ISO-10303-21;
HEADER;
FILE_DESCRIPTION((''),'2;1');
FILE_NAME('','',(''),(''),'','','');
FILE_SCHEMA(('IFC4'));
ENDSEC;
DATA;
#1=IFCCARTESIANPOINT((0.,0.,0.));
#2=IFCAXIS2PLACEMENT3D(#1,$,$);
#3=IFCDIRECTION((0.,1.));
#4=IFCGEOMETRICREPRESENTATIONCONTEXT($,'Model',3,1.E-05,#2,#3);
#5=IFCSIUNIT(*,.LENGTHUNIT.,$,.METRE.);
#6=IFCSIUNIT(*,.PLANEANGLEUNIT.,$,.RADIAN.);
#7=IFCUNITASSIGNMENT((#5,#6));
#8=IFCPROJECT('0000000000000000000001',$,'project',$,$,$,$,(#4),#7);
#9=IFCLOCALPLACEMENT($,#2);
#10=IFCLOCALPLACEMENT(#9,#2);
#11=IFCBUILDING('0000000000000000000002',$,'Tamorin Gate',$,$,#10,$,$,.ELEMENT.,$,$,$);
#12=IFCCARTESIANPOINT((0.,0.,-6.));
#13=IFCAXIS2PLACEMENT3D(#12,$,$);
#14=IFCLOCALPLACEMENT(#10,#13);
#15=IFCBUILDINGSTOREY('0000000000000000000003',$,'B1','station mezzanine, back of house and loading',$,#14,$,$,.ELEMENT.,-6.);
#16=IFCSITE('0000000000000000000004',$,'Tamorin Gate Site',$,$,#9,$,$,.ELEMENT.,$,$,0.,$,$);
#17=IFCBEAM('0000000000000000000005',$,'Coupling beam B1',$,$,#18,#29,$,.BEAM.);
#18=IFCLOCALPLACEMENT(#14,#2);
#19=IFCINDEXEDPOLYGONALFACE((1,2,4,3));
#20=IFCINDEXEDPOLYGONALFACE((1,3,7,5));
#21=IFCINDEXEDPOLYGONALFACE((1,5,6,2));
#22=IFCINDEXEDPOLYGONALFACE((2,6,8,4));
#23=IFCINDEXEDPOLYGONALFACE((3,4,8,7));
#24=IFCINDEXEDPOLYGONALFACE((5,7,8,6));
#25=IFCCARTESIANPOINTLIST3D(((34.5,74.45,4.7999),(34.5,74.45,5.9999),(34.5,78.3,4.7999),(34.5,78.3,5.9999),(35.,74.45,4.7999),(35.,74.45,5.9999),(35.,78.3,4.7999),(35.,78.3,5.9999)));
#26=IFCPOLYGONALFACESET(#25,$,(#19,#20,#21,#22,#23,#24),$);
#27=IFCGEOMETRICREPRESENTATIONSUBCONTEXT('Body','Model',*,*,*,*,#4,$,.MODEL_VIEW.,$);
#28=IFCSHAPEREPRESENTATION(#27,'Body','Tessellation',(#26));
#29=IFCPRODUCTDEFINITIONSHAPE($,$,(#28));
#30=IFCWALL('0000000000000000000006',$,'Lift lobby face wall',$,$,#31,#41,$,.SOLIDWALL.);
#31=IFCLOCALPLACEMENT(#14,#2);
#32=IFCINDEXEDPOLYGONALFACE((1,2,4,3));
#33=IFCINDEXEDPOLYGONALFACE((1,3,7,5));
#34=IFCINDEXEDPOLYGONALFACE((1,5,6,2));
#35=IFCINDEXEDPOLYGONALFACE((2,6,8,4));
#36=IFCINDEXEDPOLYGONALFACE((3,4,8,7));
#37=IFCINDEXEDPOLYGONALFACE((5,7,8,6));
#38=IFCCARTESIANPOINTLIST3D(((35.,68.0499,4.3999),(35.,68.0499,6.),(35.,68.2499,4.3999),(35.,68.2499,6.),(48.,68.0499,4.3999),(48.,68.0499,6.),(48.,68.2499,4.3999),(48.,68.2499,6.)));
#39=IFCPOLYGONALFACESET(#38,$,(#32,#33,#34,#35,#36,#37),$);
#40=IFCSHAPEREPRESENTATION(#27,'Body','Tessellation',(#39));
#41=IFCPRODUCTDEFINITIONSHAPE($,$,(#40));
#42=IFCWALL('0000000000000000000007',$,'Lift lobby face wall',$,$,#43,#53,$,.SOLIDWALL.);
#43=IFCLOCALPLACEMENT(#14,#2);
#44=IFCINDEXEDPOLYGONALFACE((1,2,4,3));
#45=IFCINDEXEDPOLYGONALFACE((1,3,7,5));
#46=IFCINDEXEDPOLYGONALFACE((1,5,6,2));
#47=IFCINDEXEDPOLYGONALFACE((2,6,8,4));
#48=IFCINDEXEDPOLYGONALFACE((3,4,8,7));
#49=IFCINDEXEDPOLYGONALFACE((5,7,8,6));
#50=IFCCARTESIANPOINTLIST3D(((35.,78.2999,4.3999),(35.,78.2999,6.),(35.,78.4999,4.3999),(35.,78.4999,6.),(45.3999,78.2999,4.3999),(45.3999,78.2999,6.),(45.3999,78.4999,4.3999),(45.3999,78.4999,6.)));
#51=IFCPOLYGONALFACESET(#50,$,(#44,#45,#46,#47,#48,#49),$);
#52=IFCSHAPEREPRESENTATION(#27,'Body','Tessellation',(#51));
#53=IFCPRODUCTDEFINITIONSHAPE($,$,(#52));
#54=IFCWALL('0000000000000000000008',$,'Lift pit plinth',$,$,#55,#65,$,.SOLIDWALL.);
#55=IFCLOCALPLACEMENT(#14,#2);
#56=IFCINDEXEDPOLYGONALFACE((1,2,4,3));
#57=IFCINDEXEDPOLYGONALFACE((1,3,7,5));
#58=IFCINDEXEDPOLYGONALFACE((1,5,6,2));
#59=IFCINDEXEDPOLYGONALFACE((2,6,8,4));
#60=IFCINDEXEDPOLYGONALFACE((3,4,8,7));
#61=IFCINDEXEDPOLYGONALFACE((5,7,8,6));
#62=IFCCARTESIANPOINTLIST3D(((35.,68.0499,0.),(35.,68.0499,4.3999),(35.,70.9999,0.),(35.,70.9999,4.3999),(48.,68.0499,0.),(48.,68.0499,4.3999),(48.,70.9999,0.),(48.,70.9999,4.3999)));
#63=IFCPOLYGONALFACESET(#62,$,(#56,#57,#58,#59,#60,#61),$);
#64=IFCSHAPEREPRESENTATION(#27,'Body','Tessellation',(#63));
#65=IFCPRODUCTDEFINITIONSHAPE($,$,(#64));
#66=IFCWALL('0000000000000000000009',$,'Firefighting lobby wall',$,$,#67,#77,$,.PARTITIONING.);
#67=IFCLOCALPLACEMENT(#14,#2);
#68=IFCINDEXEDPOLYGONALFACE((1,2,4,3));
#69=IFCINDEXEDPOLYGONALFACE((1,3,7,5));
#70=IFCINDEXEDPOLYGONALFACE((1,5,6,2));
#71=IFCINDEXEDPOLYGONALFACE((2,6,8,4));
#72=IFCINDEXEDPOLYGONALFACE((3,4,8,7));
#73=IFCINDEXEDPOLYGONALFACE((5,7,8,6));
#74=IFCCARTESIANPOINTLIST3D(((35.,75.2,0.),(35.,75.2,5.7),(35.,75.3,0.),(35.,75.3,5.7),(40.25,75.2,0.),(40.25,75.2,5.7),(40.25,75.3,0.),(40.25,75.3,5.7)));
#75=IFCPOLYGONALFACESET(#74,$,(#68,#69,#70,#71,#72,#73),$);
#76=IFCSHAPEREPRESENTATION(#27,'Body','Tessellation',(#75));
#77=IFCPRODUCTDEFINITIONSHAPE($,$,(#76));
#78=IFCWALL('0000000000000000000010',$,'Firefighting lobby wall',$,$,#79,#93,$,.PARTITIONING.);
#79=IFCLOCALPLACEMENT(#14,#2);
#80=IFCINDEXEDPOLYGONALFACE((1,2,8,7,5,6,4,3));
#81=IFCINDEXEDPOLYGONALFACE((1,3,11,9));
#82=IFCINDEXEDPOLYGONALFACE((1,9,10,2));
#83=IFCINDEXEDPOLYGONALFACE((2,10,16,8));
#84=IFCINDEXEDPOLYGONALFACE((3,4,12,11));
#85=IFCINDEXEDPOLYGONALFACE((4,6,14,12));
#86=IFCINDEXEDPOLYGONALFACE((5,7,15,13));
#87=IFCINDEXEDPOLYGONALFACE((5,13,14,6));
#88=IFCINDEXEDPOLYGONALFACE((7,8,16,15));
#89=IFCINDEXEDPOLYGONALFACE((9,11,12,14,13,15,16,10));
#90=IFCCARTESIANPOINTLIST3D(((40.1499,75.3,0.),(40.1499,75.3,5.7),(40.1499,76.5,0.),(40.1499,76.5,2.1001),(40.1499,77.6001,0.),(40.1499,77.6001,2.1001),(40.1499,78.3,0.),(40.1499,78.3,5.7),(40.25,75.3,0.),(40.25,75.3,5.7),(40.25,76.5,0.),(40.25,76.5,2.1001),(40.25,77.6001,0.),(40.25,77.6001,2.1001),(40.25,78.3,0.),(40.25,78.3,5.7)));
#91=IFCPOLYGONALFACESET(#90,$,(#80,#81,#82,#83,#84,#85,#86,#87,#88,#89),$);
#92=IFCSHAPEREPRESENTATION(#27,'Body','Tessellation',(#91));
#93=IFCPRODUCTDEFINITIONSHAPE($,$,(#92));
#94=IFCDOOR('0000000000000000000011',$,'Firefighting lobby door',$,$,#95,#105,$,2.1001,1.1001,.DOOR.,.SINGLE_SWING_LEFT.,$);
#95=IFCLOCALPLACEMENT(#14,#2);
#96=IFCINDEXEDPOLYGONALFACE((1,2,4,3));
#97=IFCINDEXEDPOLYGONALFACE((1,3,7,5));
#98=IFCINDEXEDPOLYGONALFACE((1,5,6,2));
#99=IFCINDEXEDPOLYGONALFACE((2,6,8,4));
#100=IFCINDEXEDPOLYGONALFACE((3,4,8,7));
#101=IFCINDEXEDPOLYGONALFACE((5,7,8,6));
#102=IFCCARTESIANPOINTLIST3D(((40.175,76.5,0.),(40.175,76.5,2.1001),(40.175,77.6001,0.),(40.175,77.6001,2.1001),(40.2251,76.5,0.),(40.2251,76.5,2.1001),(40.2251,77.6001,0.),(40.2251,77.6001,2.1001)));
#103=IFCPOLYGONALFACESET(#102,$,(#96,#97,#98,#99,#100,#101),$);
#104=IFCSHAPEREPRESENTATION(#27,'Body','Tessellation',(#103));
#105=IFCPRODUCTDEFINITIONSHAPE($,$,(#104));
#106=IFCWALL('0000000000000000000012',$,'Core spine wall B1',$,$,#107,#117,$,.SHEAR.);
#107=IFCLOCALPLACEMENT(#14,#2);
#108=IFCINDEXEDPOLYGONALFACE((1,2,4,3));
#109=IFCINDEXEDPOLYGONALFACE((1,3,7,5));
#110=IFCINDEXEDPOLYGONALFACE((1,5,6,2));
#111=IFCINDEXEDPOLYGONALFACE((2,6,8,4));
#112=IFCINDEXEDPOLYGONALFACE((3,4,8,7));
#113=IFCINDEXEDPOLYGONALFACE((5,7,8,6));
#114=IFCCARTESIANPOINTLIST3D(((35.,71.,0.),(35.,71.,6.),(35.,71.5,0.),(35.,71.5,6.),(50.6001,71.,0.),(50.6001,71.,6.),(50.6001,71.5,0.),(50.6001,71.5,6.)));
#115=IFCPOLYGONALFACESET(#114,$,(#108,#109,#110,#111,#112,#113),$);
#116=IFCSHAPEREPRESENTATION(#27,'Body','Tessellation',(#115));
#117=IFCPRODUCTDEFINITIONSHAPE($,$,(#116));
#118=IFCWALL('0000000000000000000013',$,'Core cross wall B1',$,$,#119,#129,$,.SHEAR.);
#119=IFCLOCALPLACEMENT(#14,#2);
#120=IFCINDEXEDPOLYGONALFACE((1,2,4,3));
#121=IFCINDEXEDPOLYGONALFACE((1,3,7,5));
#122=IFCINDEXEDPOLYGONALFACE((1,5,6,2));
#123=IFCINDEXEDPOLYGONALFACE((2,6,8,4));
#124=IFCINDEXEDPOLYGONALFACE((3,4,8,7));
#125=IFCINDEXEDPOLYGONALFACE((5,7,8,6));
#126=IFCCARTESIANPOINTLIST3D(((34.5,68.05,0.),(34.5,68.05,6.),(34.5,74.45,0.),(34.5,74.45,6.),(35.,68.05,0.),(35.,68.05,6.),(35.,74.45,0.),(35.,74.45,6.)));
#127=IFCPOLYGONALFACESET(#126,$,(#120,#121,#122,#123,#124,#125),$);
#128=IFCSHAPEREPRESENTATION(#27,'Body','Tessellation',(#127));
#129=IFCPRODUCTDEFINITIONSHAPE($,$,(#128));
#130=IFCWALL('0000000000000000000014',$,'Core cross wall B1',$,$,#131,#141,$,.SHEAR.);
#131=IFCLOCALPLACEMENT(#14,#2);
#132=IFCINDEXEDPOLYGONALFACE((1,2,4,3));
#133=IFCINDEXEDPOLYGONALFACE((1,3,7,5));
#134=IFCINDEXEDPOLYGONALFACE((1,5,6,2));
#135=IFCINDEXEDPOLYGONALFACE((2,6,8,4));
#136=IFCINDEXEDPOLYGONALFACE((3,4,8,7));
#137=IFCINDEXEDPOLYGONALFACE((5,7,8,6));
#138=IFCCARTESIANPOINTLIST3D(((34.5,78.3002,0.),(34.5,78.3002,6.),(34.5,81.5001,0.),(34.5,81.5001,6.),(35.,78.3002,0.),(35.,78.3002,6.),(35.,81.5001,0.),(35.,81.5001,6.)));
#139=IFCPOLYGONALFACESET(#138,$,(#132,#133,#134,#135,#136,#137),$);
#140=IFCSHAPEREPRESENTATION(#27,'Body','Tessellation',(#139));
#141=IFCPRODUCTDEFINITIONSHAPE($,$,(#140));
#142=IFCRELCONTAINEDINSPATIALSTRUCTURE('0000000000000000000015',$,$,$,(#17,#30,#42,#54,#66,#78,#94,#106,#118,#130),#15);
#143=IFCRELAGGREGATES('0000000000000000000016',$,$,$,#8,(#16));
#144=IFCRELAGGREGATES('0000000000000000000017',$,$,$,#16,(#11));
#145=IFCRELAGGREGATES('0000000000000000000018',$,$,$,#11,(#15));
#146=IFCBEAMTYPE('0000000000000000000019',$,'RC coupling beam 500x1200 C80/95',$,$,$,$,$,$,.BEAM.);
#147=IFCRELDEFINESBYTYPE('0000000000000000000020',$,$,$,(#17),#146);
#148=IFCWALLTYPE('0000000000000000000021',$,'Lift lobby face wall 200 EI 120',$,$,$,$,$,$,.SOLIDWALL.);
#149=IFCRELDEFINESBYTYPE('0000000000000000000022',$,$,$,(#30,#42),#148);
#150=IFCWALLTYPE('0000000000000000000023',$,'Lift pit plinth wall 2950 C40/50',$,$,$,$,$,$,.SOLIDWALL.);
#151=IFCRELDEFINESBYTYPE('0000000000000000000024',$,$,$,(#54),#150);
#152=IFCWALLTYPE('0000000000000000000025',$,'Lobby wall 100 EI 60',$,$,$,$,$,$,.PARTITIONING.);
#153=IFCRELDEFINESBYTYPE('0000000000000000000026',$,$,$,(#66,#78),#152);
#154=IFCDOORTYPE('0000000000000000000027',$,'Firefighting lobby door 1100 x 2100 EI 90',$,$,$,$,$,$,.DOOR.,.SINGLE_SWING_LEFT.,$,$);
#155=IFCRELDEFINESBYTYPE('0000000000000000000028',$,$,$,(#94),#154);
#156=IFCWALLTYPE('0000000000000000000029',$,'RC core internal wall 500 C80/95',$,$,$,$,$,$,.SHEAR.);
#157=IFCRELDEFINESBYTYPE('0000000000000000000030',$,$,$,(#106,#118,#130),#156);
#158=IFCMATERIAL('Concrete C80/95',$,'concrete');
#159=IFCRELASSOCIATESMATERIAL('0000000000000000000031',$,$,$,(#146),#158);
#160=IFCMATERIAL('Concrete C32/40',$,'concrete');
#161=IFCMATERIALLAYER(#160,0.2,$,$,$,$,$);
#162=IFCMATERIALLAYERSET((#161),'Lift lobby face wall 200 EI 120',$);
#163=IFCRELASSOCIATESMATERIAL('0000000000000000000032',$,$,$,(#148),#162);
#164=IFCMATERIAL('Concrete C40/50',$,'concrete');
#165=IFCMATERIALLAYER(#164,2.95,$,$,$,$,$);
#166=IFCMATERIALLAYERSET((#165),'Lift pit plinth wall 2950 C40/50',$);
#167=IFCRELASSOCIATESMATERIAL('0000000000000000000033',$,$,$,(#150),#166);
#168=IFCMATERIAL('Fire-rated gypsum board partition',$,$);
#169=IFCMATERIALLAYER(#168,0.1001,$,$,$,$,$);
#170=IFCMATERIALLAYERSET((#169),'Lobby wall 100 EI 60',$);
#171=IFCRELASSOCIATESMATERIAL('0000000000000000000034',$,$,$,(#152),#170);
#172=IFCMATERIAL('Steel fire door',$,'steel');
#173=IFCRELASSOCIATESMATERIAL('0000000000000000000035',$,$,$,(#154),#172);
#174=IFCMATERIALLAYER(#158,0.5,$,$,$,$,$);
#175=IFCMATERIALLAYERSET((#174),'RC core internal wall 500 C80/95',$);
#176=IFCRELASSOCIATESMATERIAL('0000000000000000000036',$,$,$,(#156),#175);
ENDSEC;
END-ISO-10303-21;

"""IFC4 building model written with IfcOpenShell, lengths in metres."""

from ifc_helpers import new_model, si_unit, direction, frame, frame_2d, origin, origin_2d, place, context, subcontext, project, spatial, rectangle, extrude, material, layer, layer_set, material_profile, profile_set, type_object, element, fill, save


model = new_model("IFC4")

# Units and contexts
model_context = context("Model", 3, precision=1e-05, world=origin(), true_north=direction((0.0, 1.0)))
body_context = subcontext(model_context, "Body", "Model", "MODEL_VIEW")
ifc_project = project(units=[si_unit("LENGTHUNIT", "METRE"), si_unit("PLANEANGLEUNIT", "RADIAN")], contexts=[model_context])

# Site, building, storey
site_placement = place(None, origin())
site = spatial("IfcSite", under=ifc_project, at=site_placement, Name="Tamorin Gate Site", CompositionType="ELEMENT", RefElevation=0.0)
building_placement = place(site_placement, origin())
building = spatial("IfcBuilding", under=site, at=building_placement, Name="Tamorin Gate", CompositionType="ELEMENT")
storey_placement = place(building_placement, frame((0.0, 0.0, -6.0)))
storey = spatial("IfcBuildingStorey", under=building, at=storey_placement, Name="B1", Description="station mezzanine, back of house and loading", CompositionType="ELEMENT", Elevation=-6.0)

# Beam
ifc_material_1 = material(Name="Concrete C80/95", Category="concrete")
ifc_material_profile = material_profile(ifc_material_1, rectangle(XDim=0.5, YDim=1.2, at=origin_2d()), Name="RC 500x1200")
ifc_profile_set = profile_set([ifc_material_profile], Name="Concrete C80/95")
beam_type = type_object("IfcBeamType", Name="RC coupling beam 500x1200 C80/95", PredefinedType="BEAM", material=ifc_profile_set)
beam_placement = place(storey_placement, frame((34.75, 74.45, 5.3999), z_axis=(0.0, 1.0, 0.0), x_axis=(-1.0, 0.0, 0.0)))
element("IfcBeam", 1, at=beam_placement, inside=storey, type_object=beam_type, Name="Coupling beam B1", PredefinedType="BEAM", context=body_context, shape_type="SweptSolid", body=[
    extrude(rectangle(XDim=0.5, YDim=1.2, at=origin_2d()), origin(), (0.0, 0.0, 1.0), 3.8501),
])

# Walls
ifc_material_2 = material(Name="Concrete C32/40", Category="concrete")
ifc_layer_1 = layer(ifc_material_2, 0.2)
ifc_layer_set_1 = layer_set([ifc_layer_1], Name="Lift lobby face wall 200 EI 120")
wall_type_1 = type_object("IfcWallType", Name="Lift lobby face wall 200 EI 120", PredefinedType="SOLIDWALL", material=ifc_layer_set_1)
wall_1_placement = place(storey_placement, frame((35.0, 68.1499, 4.3999), z_axis=(0.0, 0.0, 1.0), x_axis=(1.0, 0.0, 0.0)))
element("IfcWall", 2, at=wall_1_placement, inside=storey, type_object=wall_type_1, Name="Lift lobby face wall", PredefinedType="SOLIDWALL", context=body_context, shape_type="SweptSolid", body=[
    extrude(rectangle(XDim=13.0, YDim=0.2, at=frame_2d((6.5, 0.0))), origin(), (0.0, 0.0, 1.0), 1.6001),
])
wall_2_placement = place(storey_placement, frame((35.0, 78.3999, 4.3999), z_axis=(0.0, 0.0, 1.0), x_axis=(1.0, 0.0, 0.0)))
element("IfcWall", 3, at=wall_2_placement, inside=storey, type_object=wall_type_1, Name="Lift lobby face wall", PredefinedType="SOLIDWALL", context=body_context, shape_type="SweptSolid", body=[
    extrude(rectangle(XDim=10.3999, YDim=0.2, at=frame_2d((5.2, 0.0))), origin(), (0.0, 0.0, 1.0), 1.6001),
])
ifc_material_3 = material(Name="Concrete C40/50", Category="concrete")
ifc_layer_2 = layer(ifc_material_3, 2.95)
ifc_layer_set_2 = layer_set([ifc_layer_2], Name="Lift pit plinth wall 2950 C40/50")
wall_type_2 = type_object("IfcWallType", Name="Lift pit plinth wall 2950 C40/50", PredefinedType="SOLIDWALL", material=ifc_layer_set_2)
wall_3_placement = place(storey_placement, frame((35.0, 69.5249, 0.0), z_axis=(0.0, 0.0, 1.0), x_axis=(1.0, 0.0, 0.0)))
element("IfcWall", 4, at=wall_3_placement, inside=storey, type_object=wall_type_2, Name="Lift pit plinth", PredefinedType="SOLIDWALL", context=body_context, shape_type="SweptSolid", body=[
    extrude(rectangle(XDim=13.0, YDim=2.95, at=frame_2d((6.5, 0.0))), origin(), (0.0, 0.0, 1.0), 4.3999),
])
ifc_material_4 = material(Name="Fire-rated gypsum board partition")
ifc_layer_3 = layer(ifc_material_4, 0.1001)
ifc_layer_set_3 = layer_set([ifc_layer_3], Name="Lobby wall 100 EI 60")
wall_type_3 = type_object("IfcWallType", Name="Lobby wall 100 EI 60", PredefinedType="PARTITIONING", material=ifc_layer_set_3)
wall_4_placement = place(storey_placement, frame((35.0, 75.25, 0.0), z_axis=(0.0, 0.0, 1.0), x_axis=(1.0, 0.0, 0.0)))
element("IfcWall", 5, at=wall_4_placement, inside=storey, type_object=wall_type_3, Name="Firefighting lobby wall", PredefinedType="PARTITIONING", context=body_context, shape_type="SweptSolid", body=[
    extrude(rectangle(XDim=5.25, YDim=0.1001, at=frame_2d((2.625, 0.0))), origin(), (0.0, 0.0, 1.0), 5.7),
])

# Wall, opening, door
wall_5_placement = place(storey_placement, frame((40.2, 75.3, 0.0), z_axis=(0.0, 0.0, 1.0), x_axis=(0.0, 1.0, 0.0)))
wall_5 = element("IfcWall", 6, at=wall_5_placement, inside=storey, type_object=wall_type_3, Name="Firefighting lobby wall", PredefinedType="PARTITIONING", context=body_context, shape_type="SweptSolid", body=[
    extrude(rectangle(XDim=3.0, YDim=0.1001, at=frame_2d((1.5, 0.0))), origin(), (0.0, 0.0, 1.0), 5.7),
])
opening_1_placement = place(wall_5_placement, frame((1.2, 0.0, 0.0)))
opening_1 = element("IfcOpeningElement", 7, at=opening_1_placement, cuts=wall_5, PredefinedType="OPENING", context=body_context, shape_type="SweptSolid", body=[
    extrude(rectangle(XDim=1.1001, YDim=2.1001, at=frame_2d((0.55, 1.05))), frame((0.0, 0.0601, 0.0), z_axis=(0.0, -1.0, 0.0), x_axis=(1.0, 0.0, 0.0)), (0.0, 0.0, 1.0), 0.1201),
])
ifc_material_5 = material(Name="Steel fire door", Category="steel")
door_type_1 = type_object("IfcDoorType", Name="Firefighting lobby door 1100 x 2100 EI 90", OperationType="SINGLE_SWING_LEFT", PredefinedType="DOOR", material=ifc_material_5)
door_1_placement = place(opening_1_placement, origin())
door_1 = element("IfcDoor", 8, at=door_1_placement, inside=storey, type_object=door_type_1, Name="Firefighting lobby door", OperationType="SINGLE_SWING_LEFT", OverallHeight=2.1001, OverallWidth=1.1001, PredefinedType="DOOR", context=body_context, shape_type="SweptSolid", body=[
    extrude(rectangle(XDim=1.1001, YDim=2.1001, at=frame_2d((0.55, 1.05))), frame((0.0, 0.0249, 0.0), z_axis=(0.0, -1.0, 0.0), x_axis=(1.0, 0.0, 0.0)), (0.0, 0.0, 1.0), 0.05),
])
fill(opening_1, door_1)

# Walls
ifc_layer_4 = layer(ifc_material_1, 0.5)
ifc_layer_set_4 = layer_set([ifc_layer_4], Name="RC core internal wall 500 C80/95")
wall_type_4 = type_object("IfcWallType", Name="RC core internal wall 500 C80/95", PredefinedType="SHEAR", material=ifc_layer_set_4)
wall_6_placement = place(storey_placement, frame((35.0, 71.25, 0.0), z_axis=(0.0, 0.0, 1.0), x_axis=(1.0, 0.0, 0.0)))
element("IfcWall", 9, at=wall_6_placement, inside=storey, type_object=wall_type_4, Name="Core spine wall B1", PredefinedType="SHEAR", context=body_context, shape_type="SweptSolid", body=[
    extrude(rectangle(XDim=15.6001, YDim=0.5, at=frame_2d((7.8, 0.0))), origin(), (0.0, 0.0, 1.0), 6.0),
])
wall_7_placement = place(storey_placement, frame((34.75, 68.05, 0.0), z_axis=(0.0, 0.0, 1.0), x_axis=(0.0, 1.0, 0.0)))
element("IfcWall", 10, at=wall_7_placement, inside=storey, type_object=wall_type_4, Name="Core cross wall B1", PredefinedType="SHEAR", context=body_context, shape_type="SweptSolid", body=[
    extrude(rectangle(XDim=6.3999, YDim=0.5, at=frame_2d((3.2, 0.0))), origin(), (0.0, 0.0, 1.0), 6.0),
])
wall_8_placement = place(storey_placement, frame((34.75, 78.3, 0.0), z_axis=(0.0, 0.0, 1.0), x_axis=(0.0, 1.0, 0.0)))
element("IfcWall", 11, at=wall_8_placement, inside=storey, type_object=wall_type_4, Name="Core cross wall B1", PredefinedType="SHEAR", context=body_context, shape_type="SweptSolid", body=[
    extrude(rectangle(XDim=3.2, YDim=0.5, at=frame_2d((1.6001, 0.0))), origin(), (0.0, 0.0, 1.0), 6.0),
])

save(model, "model.ifc")
